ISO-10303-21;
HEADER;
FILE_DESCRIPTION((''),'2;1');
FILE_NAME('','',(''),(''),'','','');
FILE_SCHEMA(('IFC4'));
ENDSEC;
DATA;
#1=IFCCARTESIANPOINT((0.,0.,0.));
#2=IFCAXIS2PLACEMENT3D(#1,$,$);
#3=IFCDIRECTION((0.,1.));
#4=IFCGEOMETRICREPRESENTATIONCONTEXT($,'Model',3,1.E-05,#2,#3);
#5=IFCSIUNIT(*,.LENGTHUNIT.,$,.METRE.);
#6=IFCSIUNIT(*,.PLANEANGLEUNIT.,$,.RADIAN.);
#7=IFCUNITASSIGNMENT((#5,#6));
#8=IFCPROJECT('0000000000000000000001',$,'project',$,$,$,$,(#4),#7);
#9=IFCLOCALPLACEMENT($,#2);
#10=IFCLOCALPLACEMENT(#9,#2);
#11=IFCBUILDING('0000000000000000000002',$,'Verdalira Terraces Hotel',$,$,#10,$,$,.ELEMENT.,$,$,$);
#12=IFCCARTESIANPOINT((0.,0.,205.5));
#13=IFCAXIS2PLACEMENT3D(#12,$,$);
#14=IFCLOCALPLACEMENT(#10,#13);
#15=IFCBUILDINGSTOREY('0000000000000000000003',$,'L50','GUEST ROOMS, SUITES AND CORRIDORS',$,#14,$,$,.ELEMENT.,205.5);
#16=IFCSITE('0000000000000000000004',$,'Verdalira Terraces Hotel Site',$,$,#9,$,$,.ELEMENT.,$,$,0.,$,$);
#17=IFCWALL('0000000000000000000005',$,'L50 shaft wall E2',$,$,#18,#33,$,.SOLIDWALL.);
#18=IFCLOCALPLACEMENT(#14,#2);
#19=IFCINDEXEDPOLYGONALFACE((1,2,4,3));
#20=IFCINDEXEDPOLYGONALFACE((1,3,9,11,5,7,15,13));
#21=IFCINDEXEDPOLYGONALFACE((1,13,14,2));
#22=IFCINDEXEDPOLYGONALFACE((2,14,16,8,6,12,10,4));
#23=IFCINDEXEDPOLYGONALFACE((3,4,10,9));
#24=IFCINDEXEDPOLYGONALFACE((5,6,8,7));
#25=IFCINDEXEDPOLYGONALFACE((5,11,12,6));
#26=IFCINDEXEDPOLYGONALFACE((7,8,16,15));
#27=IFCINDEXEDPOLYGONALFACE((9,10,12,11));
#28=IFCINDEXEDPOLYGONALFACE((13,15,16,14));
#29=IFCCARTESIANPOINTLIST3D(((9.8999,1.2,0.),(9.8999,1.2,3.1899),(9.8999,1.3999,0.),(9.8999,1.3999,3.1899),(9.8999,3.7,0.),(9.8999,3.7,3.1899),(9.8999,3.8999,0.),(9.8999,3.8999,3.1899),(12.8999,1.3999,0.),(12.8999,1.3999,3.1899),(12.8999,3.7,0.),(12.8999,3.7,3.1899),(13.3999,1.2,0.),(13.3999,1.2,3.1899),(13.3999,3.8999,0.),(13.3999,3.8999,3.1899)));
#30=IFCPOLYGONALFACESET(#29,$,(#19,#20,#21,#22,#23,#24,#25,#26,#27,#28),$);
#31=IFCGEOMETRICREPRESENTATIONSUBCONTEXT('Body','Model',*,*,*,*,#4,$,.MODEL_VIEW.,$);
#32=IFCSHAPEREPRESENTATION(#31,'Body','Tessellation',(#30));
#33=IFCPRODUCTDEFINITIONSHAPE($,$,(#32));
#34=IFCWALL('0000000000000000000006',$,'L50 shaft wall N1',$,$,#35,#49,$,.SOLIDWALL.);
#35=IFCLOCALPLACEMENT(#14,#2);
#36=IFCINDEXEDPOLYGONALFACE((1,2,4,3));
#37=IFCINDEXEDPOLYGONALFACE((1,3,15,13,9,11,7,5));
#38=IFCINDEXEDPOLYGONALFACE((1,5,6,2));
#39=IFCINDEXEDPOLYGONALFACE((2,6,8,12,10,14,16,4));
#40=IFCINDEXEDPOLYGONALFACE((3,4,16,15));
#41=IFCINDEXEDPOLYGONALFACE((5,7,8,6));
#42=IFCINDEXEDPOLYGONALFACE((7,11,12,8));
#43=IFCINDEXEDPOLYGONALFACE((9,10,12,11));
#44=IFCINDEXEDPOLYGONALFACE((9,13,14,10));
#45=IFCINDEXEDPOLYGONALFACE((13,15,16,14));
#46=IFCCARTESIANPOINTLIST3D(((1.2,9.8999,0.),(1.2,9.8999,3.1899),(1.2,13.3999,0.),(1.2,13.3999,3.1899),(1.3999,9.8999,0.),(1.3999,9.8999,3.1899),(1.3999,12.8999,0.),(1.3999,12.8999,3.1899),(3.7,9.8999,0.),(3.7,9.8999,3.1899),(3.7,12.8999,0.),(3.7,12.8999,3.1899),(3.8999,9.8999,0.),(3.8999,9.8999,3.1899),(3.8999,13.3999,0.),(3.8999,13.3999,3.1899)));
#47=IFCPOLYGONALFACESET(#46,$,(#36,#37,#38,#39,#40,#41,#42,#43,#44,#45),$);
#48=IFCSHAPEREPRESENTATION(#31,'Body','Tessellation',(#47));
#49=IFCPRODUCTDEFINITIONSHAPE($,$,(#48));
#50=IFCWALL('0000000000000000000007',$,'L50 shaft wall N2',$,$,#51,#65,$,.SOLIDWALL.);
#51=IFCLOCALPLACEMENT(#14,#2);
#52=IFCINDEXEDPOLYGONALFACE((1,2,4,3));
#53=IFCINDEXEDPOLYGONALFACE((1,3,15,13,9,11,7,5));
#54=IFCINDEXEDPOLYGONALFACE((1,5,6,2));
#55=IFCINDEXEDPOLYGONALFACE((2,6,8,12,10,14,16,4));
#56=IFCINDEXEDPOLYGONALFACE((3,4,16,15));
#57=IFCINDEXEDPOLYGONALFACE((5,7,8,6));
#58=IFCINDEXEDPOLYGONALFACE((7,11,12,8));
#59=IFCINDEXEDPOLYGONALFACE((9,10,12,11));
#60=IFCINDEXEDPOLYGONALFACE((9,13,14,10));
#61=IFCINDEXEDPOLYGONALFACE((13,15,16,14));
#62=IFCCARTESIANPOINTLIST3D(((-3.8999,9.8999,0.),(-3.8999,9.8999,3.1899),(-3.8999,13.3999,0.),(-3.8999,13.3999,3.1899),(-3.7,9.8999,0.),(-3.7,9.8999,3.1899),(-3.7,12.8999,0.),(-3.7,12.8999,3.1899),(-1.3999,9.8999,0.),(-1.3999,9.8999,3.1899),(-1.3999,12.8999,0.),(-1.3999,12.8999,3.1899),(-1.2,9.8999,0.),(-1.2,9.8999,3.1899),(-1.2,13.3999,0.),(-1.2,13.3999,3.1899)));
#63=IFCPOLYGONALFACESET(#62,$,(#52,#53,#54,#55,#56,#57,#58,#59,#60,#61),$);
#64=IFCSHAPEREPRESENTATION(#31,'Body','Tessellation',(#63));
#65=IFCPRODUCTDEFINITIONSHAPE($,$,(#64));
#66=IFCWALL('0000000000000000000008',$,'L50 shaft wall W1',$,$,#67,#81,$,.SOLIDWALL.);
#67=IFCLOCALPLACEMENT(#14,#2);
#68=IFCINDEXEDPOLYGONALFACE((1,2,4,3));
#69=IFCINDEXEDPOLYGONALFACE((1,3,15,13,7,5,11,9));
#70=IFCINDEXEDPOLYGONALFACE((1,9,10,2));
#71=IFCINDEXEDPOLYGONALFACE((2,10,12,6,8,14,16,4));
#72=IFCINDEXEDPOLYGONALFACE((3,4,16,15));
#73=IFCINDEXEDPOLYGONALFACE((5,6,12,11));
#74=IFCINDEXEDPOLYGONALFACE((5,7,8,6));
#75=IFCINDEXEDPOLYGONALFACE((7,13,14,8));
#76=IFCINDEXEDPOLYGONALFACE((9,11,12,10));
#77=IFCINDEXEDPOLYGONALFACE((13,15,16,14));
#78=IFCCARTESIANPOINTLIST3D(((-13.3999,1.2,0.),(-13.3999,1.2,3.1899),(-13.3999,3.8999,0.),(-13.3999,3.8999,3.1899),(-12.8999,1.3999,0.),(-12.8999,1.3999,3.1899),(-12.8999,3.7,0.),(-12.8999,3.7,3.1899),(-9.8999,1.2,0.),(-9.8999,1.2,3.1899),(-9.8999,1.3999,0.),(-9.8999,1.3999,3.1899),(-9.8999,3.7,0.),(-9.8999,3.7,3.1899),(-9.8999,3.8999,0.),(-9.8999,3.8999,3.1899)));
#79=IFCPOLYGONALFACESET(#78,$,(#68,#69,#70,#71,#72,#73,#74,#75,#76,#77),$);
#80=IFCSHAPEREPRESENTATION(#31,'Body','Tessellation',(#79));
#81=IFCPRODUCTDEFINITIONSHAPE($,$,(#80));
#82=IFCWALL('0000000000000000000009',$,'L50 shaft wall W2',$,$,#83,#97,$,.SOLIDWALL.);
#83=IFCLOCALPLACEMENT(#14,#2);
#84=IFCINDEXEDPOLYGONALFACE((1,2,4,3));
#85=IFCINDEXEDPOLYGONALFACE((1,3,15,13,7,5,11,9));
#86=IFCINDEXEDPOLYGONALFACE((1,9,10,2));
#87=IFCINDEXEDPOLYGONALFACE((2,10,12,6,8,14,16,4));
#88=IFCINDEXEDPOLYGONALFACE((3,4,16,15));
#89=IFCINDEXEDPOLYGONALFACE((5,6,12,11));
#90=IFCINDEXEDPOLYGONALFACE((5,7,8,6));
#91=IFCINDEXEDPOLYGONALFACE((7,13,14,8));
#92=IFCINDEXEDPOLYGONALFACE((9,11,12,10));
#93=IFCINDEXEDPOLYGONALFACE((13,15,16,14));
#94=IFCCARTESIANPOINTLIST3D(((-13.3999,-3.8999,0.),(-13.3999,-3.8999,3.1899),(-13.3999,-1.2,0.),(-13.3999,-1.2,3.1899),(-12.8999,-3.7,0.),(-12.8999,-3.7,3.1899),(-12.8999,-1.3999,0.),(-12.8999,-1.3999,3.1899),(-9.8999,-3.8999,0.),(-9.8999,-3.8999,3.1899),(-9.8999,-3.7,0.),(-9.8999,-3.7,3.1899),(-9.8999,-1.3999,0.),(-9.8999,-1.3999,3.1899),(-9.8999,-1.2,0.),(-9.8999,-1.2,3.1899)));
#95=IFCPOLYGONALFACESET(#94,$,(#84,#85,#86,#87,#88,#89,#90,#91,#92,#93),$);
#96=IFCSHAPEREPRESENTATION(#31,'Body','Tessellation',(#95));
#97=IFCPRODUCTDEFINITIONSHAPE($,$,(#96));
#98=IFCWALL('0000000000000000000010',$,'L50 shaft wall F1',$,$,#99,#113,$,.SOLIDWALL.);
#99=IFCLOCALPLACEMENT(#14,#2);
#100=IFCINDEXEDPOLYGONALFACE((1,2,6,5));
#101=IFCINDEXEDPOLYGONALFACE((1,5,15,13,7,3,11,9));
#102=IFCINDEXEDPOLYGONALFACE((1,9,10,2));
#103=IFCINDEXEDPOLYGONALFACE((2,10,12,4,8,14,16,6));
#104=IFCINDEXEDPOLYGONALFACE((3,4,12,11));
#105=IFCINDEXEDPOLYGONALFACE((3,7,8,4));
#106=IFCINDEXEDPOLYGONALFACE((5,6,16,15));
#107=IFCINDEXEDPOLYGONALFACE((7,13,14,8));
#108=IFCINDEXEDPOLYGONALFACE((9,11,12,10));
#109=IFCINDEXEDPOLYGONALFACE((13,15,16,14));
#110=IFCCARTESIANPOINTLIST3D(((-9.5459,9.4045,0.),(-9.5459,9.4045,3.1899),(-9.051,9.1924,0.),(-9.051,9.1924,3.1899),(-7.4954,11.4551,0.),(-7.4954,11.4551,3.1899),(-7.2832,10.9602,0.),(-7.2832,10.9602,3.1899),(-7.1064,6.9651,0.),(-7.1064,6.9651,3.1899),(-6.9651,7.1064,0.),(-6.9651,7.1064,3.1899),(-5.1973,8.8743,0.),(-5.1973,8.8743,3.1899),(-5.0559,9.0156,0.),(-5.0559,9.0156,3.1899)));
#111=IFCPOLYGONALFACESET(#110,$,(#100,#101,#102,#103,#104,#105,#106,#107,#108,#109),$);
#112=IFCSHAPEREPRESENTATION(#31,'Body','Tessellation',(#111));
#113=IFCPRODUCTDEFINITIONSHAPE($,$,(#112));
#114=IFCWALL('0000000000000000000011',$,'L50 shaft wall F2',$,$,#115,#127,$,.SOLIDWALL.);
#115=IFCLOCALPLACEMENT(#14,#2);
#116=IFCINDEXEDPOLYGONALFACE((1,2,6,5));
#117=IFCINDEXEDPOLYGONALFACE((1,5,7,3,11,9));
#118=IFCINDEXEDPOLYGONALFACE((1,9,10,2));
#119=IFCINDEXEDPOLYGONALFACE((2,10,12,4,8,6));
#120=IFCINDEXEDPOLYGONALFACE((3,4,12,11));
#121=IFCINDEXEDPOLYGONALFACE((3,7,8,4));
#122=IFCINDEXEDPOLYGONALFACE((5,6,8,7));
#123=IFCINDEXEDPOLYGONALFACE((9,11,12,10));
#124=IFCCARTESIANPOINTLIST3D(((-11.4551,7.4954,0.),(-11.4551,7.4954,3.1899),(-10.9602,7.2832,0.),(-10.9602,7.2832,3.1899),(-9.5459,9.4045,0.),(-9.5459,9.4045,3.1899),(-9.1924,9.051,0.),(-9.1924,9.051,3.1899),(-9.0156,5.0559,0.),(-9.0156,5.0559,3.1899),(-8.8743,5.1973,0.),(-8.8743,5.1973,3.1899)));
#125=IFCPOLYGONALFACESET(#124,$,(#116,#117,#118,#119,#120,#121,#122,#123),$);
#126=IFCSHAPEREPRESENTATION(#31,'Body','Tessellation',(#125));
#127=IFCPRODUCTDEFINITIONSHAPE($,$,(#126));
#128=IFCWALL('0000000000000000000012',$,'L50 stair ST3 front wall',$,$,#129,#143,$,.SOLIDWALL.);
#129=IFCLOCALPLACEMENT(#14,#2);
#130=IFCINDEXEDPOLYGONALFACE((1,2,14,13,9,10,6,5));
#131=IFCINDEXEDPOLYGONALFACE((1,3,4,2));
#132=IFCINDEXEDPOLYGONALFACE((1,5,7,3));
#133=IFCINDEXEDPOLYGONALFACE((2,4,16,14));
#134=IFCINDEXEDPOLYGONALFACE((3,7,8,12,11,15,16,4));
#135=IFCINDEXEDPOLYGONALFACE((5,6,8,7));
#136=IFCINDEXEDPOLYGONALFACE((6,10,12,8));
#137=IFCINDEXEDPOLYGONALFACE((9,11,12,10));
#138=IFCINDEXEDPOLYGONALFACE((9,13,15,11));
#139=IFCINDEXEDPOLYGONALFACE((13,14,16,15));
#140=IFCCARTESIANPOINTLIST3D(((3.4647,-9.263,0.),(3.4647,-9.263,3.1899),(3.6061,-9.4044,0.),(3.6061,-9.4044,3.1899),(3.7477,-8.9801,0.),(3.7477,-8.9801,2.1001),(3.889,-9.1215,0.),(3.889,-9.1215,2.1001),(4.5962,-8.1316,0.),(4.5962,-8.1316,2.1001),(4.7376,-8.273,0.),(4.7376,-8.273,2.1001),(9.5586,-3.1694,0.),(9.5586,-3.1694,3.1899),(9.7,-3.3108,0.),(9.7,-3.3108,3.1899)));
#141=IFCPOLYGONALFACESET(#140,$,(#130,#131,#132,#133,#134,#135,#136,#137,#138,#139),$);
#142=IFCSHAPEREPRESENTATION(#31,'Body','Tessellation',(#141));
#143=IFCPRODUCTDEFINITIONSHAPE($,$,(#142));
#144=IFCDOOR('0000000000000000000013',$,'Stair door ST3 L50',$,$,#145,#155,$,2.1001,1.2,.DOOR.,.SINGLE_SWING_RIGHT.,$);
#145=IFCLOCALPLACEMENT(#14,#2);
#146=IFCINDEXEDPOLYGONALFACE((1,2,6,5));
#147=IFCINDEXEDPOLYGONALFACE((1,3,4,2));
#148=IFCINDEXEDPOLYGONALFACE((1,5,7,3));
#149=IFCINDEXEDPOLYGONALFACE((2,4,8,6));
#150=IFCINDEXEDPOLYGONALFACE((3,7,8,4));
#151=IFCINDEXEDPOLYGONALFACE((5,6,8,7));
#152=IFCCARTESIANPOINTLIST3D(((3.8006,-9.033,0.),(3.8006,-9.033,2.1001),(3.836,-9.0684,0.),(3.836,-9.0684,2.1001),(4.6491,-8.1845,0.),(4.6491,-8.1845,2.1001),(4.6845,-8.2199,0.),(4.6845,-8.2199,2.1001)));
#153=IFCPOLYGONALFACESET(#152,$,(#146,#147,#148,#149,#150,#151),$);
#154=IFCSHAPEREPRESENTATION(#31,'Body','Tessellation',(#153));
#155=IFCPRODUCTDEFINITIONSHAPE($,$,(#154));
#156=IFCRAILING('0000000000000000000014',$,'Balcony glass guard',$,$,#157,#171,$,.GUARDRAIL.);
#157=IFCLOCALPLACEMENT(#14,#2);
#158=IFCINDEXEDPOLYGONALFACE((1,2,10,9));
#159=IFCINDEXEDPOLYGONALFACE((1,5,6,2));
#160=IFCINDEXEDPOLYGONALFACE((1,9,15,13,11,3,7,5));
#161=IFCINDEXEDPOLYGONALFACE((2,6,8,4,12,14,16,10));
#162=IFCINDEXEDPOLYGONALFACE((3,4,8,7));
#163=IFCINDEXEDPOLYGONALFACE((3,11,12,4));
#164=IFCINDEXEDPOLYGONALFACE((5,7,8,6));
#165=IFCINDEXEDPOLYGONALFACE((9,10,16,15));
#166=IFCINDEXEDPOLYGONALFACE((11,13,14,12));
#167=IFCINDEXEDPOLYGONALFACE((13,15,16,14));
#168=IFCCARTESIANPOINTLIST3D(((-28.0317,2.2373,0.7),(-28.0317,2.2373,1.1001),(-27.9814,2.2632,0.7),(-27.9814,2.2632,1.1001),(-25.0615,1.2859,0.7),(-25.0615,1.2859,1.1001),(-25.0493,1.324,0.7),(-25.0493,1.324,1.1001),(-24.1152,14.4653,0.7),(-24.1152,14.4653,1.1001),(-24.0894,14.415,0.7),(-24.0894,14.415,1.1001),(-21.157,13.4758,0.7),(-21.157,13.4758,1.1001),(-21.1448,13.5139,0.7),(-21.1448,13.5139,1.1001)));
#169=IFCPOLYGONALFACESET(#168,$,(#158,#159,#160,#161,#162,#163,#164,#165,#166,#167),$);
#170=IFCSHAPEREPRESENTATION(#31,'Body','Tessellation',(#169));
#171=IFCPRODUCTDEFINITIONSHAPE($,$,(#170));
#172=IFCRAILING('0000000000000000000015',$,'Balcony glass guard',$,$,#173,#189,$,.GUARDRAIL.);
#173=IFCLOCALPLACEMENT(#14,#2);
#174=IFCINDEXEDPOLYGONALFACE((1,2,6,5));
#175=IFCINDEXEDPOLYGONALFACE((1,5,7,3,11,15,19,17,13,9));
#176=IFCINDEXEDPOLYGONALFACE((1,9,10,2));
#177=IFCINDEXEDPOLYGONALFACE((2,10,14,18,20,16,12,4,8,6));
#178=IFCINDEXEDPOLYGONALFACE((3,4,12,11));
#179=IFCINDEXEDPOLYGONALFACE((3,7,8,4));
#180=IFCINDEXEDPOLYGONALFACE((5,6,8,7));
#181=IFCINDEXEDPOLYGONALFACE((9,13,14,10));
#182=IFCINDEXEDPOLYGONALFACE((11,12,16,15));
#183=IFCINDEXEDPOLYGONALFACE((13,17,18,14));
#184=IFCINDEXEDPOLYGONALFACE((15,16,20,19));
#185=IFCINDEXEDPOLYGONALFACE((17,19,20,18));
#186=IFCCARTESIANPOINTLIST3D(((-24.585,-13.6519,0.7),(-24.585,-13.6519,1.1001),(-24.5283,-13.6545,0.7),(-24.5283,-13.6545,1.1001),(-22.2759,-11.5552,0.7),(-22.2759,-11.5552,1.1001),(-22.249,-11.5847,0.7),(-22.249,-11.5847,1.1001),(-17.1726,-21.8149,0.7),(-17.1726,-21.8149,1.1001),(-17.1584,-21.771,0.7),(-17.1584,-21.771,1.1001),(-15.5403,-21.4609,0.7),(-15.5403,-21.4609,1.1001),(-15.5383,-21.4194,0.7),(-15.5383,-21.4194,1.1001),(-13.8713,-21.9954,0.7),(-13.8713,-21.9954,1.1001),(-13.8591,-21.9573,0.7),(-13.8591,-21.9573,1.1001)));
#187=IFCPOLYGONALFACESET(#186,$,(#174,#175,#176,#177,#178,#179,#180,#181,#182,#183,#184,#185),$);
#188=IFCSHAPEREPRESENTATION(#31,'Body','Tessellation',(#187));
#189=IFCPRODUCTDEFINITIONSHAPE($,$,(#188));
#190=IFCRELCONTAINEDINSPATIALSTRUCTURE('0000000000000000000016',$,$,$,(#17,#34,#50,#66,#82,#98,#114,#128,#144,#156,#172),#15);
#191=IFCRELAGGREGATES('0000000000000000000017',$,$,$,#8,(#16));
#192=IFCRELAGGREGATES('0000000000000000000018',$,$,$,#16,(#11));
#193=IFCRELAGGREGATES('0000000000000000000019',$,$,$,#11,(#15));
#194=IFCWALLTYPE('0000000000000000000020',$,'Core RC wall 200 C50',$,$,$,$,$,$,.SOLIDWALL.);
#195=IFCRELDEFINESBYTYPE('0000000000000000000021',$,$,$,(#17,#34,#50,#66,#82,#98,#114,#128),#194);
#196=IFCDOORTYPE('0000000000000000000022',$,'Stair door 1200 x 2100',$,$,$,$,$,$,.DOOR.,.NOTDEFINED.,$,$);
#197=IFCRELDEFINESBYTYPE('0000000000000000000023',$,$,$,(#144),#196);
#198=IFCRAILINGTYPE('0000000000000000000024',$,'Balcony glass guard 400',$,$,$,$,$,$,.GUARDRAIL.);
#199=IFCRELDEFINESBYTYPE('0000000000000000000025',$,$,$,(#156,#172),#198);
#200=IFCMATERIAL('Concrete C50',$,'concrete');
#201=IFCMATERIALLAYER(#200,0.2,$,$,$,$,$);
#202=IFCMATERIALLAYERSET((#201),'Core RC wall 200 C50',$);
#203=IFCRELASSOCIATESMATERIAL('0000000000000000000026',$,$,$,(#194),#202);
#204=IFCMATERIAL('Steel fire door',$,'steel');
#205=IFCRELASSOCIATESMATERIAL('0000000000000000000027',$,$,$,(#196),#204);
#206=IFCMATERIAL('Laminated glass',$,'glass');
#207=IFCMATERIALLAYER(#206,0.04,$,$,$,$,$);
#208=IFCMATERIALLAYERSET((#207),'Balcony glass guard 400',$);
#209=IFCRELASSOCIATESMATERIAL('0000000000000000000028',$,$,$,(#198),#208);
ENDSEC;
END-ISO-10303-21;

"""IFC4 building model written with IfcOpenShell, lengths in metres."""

from ifc_helpers import new_model, si_unit, direction, frame, frame_2d, origin, place, context, subcontext, project, spatial, polyline, rectangle, outline, extrude, material, layer, layer_set, type_object, element, fill, save


model = new_model("IFC4")

# Units and contexts
model_context = context("Model", 3, precision=1e-05, world=origin(), true_north=direction((0.0, 1.0)))
body_context = subcontext(model_context, "Body", "Model", "MODEL_VIEW")
ifc_project = project(units=[si_unit("LENGTHUNIT", "METRE"), si_unit("PLANEANGLEUNIT", "RADIAN")], contexts=[model_context])

# Site, building, storey
site_placement = place(None, origin())
site = spatial("IfcSite", under=ifc_project, at=site_placement, Name="Verdalira Terraces Hotel Site", CompositionType="ELEMENT", RefElevation=0.0)
building_placement = place(site_placement, origin())
building = spatial("IfcBuilding", under=site, at=building_placement, Name="Verdalira Terraces Hotel", CompositionType="ELEMENT")
storey_placement = place(building_placement, frame((0.0, 0.0, 205.5)))
storey = spatial("IfcBuildingStorey", under=building, at=storey_placement, Name="L50", Description="GUEST ROOMS, SUITES AND CORRIDORS", CompositionType="ELEMENT", Elevation=205.5)

# Shared definitions
ifc_material_1 = material(Name="Concrete C50", Category="concrete")
ifc_layer_1 = layer(ifc_material_1, 0.2)
ifc_layer_set_1 = layer_set([ifc_layer_1], Name="Core RC wall 200 C50")
wall_type_1 = type_object("IfcWallType", Name="Core RC wall 200 C50", PredefinedType="SOLIDWALL", material=ifc_layer_set_1)

# Walls
wall_1_placement = place(storey_placement, origin())
element("IfcWall", 1, at=wall_1_placement, inside=storey, type_object=wall_type_1, Name="L50 shaft wall E2", PredefinedType="SOLIDWALL", context=body_context, shape_type="SweptSolid", body=[
    extrude(outline(polyline([(13.3999, 3.8999), (13.3999, 1.2), (9.8999, 1.2), (9.8999, 1.3999), (12.8999, 1.3999), (12.8999, 3.7), (9.8999, 3.7), (9.8999, 3.8999), (13.3999, 3.8999)])), origin(), (0.0, 0.0, 1.0), 3.1899),
])
wall_2_placement = place(storey_placement, origin())
element("IfcWall", 2, at=wall_2_placement, inside=storey, type_object=wall_type_1, Name="L50 shaft wall N1", PredefinedType="SOLIDWALL", context=body_context, shape_type="SweptSolid", body=[
    extrude(outline(polyline([(3.8999, 9.8999), (3.7, 9.8999), (3.7, 12.8999), (1.3999, 12.8999), (1.3999, 9.8999), (1.2, 9.8999), (1.2, 13.3999), (3.8999, 13.3999), (3.8999, 9.8999)])), origin(), (0.0, 0.0, 1.0), 3.1899),
])
wall_3_placement = place(storey_placement, origin())
element("IfcWall", 3, at=wall_3_placement, inside=storey, type_object=wall_type_1, Name="L50 shaft wall N2", PredefinedType="SOLIDWALL", context=body_context, shape_type="SweptSolid", body=[
    extrude(outline(polyline([(-3.8999, 13.3999), (-1.2, 13.3999), (-1.2, 9.8999), (-1.3999, 9.8999), (-1.3999, 12.8999), (-3.7, 12.8999), (-3.7, 9.8999), (-3.8999, 9.8999), (-3.8999, 13.3999)])), origin(), (0.0, 0.0, 1.0), 3.1899),
])
wall_4_placement = place(storey_placement, origin())
element("IfcWall", 4, at=wall_4_placement, inside=storey, type_object=wall_type_1, Name="L50 shaft wall W1", PredefinedType="SOLIDWALL", context=body_context, shape_type="SweptSolid", body=[
    extrude(outline(polyline([(-13.3999, 3.8999), (-9.8999, 3.8999), (-9.8999, 3.7), (-12.8999, 3.7), (-12.8999, 1.3999), (-9.8999, 1.3999), (-9.8999, 1.2), (-13.3999, 1.2), (-13.3999, 3.8999)])), origin(), (0.0, 0.0, 1.0), 3.1899),
])
wall_5_placement = place(storey_placement, origin())
element("IfcWall", 5, at=wall_5_placement, inside=storey, type_object=wall_type_1, Name="L50 shaft wall W2", PredefinedType="SOLIDWALL", context=body_context, shape_type="SweptSolid", body=[
    extrude(outline(polyline([(-13.3999, -3.8999), (-13.3999, -1.2), (-9.8999, -1.2), (-9.8999, -1.3999), (-12.8999, -1.3999), (-12.8999, -3.7), (-9.8999, -3.7), (-9.8999, -3.8999), (-13.3999, -3.8999)])), origin(), (0.0, 0.0, 1.0), 3.1899),
])
wall_6_placement = place(storey_placement, origin())
element("IfcWall", 6, at=wall_6_placement, inside=storey, type_object=wall_type_1, Name="L50 shaft wall F1", PredefinedType="SOLIDWALL", context=body_context, shape_type="SweptSolid", body=[
    extrude(outline(polyline([(-9.5459, 9.4045), (-7.4954, 11.4551), (-5.0559, 9.0156), (-5.1973, 8.8743), (-7.2832, 10.9602), (-9.051, 9.1924), (-6.9651, 7.1064), (-7.1064, 6.9651), (-9.5459, 9.4045)])), origin(), (0.0, 0.0, 1.0), 3.1899),
])
wall_7_placement = place(storey_placement, origin())
element("IfcWall", 7, at=wall_7_placement, inside=storey, type_object=wall_type_1, Name="L50 shaft wall F2", PredefinedType="SOLIDWALL", context=body_context, shape_type="SweptSolid", body=[
    extrude(outline(polyline([(-11.4551, 7.4954), (-9.5459, 9.4045), (-9.1924, 9.051), (-10.9602, 7.2832), (-8.8743, 5.1973), (-9.0156, 5.0559), (-11.4551, 7.4954)])), origin(), (0.0, 0.0, 1.0), 3.1899),
])

# Wall, opening, door
wall_8_placement = place(storey_placement, frame((9.6294, -3.24, 0.0), z_axis=(0.0, 0.0, 1.0), x_axis=(-0.707121, -0.707093, 0.0)))
wall_8 = element("IfcWall", 8, at=wall_8_placement, inside=storey, type_object=wall_type_1, Name="L50 stair ST3 front wall", PredefinedType="SOLIDWALL", context=body_context, shape_type="SweptSolid", body=[
    extrude(rectangle(XDim=8.6179, YDim=0.2, at=frame_2d((4.3091, 0.0))), origin(), (0.0, 0.0, 1.0), 3.1899),
])
opening_1_placement = place(wall_8_placement, frame((7.0178, 0.0, 0.0)))
opening_1 = element("IfcOpeningElement", 9, at=opening_1_placement, cuts=wall_8, PredefinedType="OPENING", context=body_context, shape_type="SweptSolid", body=[
    extrude(rectangle(XDim=1.2, YDim=2.1001, at=frame_2d((0.6001, 1.05))), frame((0.0, 0.1099, 0.0), z_axis=(0.0, -1.0, 0.0), x_axis=(1.0, 0.0, 0.0)), (0.0, 0.0, 1.0), 0.22),
])
ifc_material_2 = material(Name="Steel fire door", Category="steel")
door_type_1 = type_object("IfcDoorType", Name="Stair door 1200 x 2100", OperationType="NOTDEFINED", PredefinedType="DOOR", material=ifc_material_2)
door_1_placement = place(opening_1_placement, origin())
door_1 = element("IfcDoor", 10, at=door_1_placement, inside=storey, type_object=door_type_1, Name="Stair door ST3 L50", OperationType="SINGLE_SWING_RIGHT", OverallHeight=2.1001, OverallWidth=1.2, PredefinedType="DOOR", context=body_context, shape_type="SweptSolid", body=[
    extrude(rectangle(XDim=1.2, YDim=2.1001, at=frame_2d((0.6001, 1.05))), frame((0.0, 0.0249, 0.0), z_axis=(0.0, -1.0, 0.0), x_axis=(1.0, 0.0, 0.0)), (0.0, 0.0, 1.0), 0.05),
])
fill(opening_1, door_1)

# Railings
ifc_material_3 = material(Name="Laminated glass", Category="glass")
ifc_layer_2 = layer(ifc_material_3, 0.04)
ifc_layer_set_2 = layer_set([ifc_layer_2], Name="Balcony glass guard 400")
railing_type = type_object("IfcRailingType", Name="Balcony glass guard 400", PredefinedType="GUARDRAIL", material=ifc_layer_set_2)
railing_1_placement = place(storey_placement, frame((0.0, 0.0, 0.7)))
element("IfcRailing", 11, at=railing_1_placement, inside=storey, type_object=railing_type, Name="Balcony glass guard", PredefinedType="GUARDRAIL", context=body_context, shape_type="SweptSolid", body=[
    extrude(outline(polyline([(-24.0894, 14.415), (-27.9814, 2.2632), (-25.0493, 1.324), (-25.0615, 1.2859), (-28.0317, 2.2373), (-24.1152, 14.4653), (-21.1448, 13.5139), (-21.157, 13.4758), (-24.0894, 14.415)])), origin(), (0.0, 0.0, 1.0), 0.4001),
])
railing_2_placement = place(storey_placement, frame((0.0, 0.0, 0.7)))
element("IfcRailing", 12, at=railing_2_placement, inside=storey, type_object=railing_type, Name="Balcony glass guard", PredefinedType="GUARDRAIL", context=body_context, shape_type="SweptSolid", body=[
    extrude(outline(polyline([(-24.5283, -13.6545), (-17.1584, -21.771), (-15.5383, -21.4194), (-13.8591, -21.9573), (-13.8713, -21.9954), (-15.5403, -21.4609), (-17.1726, -21.8149), (-24.585, -13.6519), (-22.2759, -11.5552), (-22.249, -11.5847), (-24.5283, -13.6545)])), origin(), (0.0, 0.0, 1.0), 0.4001),
])

save(model, "model.ifc")
